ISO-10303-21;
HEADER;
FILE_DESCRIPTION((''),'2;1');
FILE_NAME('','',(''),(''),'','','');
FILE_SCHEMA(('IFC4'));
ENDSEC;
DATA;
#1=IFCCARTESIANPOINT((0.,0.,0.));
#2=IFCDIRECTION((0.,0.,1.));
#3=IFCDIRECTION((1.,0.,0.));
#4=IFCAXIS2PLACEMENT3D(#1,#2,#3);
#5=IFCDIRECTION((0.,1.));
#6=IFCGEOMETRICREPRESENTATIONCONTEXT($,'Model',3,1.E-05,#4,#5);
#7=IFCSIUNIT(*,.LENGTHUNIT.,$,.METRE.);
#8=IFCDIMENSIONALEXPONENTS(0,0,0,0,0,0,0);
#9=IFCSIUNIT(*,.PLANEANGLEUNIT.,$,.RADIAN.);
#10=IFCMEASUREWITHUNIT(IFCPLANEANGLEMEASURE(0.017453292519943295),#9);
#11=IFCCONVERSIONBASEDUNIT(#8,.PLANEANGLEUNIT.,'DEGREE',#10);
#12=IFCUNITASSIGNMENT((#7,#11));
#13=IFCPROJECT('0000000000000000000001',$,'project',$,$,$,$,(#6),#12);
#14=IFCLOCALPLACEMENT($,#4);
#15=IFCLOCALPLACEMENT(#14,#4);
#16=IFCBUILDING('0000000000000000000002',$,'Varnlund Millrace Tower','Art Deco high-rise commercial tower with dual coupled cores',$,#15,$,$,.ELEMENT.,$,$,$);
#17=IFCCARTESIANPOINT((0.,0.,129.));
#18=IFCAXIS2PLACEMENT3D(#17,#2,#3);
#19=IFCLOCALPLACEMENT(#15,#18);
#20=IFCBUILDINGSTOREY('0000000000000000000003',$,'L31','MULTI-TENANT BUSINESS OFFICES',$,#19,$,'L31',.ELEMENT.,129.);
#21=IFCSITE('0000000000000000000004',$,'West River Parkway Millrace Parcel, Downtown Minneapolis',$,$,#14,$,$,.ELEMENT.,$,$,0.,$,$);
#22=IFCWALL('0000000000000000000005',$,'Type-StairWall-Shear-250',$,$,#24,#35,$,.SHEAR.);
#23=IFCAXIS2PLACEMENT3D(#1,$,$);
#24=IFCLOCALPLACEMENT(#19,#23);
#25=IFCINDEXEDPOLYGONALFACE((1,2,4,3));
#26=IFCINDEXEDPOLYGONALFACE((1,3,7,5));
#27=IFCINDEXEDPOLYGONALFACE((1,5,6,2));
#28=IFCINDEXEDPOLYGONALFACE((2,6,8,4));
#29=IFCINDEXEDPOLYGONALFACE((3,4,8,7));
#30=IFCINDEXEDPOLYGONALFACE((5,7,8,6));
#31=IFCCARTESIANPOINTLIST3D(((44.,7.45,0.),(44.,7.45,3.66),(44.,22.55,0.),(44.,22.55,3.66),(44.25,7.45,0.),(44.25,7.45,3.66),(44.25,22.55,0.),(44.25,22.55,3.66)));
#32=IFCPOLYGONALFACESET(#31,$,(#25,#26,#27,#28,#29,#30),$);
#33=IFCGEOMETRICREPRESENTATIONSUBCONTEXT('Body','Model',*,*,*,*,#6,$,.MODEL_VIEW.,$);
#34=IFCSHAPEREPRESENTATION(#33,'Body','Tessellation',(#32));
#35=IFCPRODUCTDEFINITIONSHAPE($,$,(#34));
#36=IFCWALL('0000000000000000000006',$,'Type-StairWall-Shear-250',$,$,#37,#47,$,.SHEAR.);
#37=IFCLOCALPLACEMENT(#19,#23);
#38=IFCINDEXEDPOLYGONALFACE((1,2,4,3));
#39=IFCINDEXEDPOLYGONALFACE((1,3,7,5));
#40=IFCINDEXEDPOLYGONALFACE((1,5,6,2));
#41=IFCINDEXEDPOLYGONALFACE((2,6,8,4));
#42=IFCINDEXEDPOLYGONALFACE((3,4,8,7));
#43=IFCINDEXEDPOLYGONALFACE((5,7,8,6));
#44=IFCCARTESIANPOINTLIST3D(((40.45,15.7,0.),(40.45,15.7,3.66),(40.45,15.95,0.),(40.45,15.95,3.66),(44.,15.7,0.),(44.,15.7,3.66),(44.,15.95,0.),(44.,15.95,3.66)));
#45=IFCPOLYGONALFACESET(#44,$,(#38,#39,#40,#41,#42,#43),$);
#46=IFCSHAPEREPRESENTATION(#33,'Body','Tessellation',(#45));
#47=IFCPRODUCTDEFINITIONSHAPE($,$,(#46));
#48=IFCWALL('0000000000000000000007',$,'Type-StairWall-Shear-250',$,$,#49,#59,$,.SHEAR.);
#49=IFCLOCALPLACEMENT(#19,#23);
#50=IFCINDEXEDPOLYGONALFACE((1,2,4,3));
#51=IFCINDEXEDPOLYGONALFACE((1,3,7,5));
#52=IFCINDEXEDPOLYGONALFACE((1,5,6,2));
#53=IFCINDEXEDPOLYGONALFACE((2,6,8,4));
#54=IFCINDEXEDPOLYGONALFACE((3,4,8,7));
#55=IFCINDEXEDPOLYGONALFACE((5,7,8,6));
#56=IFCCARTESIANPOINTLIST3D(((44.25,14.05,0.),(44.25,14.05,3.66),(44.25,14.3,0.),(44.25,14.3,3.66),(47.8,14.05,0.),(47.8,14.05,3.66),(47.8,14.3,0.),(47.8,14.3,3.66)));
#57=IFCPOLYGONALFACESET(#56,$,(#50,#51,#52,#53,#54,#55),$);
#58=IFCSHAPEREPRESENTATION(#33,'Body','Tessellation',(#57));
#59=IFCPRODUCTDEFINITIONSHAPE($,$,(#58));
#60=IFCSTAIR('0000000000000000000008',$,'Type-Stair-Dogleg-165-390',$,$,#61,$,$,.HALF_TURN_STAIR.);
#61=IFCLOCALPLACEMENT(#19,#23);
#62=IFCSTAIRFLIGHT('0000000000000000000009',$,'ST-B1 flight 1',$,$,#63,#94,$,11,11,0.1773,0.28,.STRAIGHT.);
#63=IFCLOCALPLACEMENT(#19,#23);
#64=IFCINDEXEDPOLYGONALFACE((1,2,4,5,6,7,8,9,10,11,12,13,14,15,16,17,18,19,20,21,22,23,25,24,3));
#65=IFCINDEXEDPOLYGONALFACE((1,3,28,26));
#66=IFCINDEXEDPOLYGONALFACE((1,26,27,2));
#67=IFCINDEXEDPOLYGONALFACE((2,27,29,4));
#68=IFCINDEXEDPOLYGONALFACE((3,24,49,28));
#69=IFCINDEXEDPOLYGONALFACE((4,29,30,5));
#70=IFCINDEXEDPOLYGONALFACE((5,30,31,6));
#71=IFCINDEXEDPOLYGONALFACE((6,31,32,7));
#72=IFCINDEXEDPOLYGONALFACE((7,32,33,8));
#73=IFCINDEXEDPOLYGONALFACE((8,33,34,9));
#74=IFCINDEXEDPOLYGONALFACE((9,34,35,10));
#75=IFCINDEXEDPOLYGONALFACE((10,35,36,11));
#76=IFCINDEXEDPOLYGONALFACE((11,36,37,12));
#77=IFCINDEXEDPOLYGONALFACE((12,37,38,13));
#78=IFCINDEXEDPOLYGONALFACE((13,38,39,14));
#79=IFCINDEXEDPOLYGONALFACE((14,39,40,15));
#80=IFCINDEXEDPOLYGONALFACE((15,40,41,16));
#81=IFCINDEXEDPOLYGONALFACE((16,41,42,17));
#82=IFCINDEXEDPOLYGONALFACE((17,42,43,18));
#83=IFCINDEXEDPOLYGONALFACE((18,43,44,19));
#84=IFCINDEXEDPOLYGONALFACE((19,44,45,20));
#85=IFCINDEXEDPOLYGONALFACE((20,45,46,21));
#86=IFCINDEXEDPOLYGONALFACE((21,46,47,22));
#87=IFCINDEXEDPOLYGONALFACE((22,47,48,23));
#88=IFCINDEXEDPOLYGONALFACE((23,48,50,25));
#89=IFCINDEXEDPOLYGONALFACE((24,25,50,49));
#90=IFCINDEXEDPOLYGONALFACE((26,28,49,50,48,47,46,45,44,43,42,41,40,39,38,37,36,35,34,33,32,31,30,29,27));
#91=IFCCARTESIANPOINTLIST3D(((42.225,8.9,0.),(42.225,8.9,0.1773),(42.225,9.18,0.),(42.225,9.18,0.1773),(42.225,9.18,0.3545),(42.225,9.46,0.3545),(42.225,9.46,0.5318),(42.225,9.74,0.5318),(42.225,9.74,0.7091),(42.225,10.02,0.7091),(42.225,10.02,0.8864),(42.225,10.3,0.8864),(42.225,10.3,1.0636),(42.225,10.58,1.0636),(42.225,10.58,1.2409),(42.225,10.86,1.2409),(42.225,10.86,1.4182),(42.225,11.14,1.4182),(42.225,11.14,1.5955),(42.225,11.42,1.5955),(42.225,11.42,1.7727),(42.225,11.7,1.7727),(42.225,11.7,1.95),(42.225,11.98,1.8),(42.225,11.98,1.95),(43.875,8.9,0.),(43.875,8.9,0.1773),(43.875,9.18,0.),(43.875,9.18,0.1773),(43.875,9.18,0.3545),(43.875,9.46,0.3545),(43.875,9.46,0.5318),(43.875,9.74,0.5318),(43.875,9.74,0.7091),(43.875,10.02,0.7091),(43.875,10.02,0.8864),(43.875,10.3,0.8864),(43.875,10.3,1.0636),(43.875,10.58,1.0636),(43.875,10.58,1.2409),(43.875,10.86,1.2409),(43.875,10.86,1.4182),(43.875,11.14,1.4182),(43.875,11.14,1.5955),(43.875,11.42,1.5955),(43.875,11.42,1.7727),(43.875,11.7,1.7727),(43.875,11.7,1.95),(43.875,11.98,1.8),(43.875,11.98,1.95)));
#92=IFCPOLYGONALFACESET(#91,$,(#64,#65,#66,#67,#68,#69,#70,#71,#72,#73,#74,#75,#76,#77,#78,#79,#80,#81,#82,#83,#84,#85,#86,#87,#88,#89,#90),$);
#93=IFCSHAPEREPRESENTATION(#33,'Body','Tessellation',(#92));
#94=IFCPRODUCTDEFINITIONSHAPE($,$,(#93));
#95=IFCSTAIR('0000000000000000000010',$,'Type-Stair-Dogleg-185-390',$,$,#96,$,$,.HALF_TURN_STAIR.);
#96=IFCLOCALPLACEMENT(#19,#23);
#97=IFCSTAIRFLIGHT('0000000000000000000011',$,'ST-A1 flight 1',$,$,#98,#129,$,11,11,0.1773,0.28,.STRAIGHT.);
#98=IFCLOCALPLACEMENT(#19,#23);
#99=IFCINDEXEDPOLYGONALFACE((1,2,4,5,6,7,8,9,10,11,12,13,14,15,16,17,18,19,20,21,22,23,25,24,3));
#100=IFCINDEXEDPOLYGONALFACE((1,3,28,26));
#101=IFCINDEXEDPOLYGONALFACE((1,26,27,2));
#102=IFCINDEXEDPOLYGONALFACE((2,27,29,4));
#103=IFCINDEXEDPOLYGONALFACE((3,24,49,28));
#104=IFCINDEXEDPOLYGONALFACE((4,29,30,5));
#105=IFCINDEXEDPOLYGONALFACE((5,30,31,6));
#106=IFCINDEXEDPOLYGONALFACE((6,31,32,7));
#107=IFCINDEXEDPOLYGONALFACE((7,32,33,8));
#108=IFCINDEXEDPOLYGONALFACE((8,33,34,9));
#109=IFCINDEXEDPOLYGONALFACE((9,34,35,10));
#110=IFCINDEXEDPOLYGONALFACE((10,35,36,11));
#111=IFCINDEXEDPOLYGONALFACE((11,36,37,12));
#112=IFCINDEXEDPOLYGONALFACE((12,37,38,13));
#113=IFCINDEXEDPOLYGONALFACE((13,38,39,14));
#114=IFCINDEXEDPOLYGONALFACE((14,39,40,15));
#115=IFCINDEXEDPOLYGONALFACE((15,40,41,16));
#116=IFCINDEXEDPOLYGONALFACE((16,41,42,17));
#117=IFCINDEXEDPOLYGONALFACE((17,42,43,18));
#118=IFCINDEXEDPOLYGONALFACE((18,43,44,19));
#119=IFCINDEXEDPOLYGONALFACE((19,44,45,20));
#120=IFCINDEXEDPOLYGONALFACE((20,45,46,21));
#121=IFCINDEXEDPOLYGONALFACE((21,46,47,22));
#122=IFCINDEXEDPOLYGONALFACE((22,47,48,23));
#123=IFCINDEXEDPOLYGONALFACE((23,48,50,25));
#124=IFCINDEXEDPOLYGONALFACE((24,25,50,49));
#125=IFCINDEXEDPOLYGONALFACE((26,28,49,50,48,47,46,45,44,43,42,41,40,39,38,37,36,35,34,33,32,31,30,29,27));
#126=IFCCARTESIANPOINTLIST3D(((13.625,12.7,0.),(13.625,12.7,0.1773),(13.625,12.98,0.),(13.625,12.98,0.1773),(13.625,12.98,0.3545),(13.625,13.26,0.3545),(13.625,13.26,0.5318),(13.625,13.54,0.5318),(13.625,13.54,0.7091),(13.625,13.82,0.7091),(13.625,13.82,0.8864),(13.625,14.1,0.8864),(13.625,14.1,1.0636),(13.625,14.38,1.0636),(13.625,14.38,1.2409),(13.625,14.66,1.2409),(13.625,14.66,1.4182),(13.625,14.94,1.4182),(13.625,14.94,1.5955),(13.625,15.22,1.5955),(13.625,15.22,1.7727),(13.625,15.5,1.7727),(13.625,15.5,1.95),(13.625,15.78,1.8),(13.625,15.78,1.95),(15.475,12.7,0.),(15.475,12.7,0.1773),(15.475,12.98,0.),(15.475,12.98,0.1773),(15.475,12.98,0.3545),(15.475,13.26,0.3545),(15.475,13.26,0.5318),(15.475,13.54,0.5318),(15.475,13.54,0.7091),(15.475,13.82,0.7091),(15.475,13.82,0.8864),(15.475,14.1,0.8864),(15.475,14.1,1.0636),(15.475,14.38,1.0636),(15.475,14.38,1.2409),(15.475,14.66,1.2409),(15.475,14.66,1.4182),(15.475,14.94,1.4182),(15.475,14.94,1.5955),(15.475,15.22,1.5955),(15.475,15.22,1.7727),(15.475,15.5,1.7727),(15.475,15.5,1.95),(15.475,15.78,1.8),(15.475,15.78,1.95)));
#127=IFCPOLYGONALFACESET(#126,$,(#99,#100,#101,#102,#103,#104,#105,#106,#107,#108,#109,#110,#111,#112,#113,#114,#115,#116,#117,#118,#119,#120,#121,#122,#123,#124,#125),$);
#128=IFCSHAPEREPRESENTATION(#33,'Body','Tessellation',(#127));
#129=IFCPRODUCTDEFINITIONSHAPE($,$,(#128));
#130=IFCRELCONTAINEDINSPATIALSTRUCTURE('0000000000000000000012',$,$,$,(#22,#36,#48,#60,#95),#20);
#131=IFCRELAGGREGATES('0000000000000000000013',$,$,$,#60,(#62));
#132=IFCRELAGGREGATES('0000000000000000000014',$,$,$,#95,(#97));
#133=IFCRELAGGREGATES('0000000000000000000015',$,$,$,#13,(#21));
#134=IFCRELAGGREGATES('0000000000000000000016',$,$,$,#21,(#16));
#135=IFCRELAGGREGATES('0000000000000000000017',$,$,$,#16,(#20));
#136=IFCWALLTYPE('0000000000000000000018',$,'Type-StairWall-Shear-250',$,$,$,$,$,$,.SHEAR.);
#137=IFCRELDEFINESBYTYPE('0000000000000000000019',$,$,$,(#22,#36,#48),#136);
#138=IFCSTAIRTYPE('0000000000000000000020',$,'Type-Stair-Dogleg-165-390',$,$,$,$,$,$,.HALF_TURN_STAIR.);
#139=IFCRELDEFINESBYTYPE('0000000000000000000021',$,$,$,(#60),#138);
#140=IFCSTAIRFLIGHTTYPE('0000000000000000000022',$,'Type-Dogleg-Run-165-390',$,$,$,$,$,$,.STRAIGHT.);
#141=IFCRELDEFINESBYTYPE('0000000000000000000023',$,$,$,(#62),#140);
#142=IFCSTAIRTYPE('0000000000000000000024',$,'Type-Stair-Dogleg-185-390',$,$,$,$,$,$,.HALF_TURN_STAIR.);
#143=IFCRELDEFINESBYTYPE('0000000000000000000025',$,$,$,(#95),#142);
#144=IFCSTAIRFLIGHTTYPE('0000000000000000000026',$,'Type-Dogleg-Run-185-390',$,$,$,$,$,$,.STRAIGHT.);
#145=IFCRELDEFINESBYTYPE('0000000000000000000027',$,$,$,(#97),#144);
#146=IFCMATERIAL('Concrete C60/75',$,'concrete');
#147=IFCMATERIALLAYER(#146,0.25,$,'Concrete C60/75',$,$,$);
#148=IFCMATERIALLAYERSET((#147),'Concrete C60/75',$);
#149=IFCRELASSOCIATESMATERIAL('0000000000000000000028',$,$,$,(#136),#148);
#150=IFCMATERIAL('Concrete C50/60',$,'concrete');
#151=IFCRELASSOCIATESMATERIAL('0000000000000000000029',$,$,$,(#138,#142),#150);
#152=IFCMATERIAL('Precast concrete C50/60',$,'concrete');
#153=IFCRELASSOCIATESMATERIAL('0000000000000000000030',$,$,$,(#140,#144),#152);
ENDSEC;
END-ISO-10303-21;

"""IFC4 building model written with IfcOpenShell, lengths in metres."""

from ifc_helpers import new_model, entity, si_unit, converted_unit, direction, frame, origin_with_axes, place, context, subcontext, project, spatial, polyline, outline, extrude, material, layer, layer_set, type_object, element, aggregate, save


model = new_model("IFC4")

# Units and contexts
model_context = context("Model", 3, precision=1e-05, world=origin_with_axes(), true_north=direction((0.0, 1.0)))
body_context = subcontext(model_context, "Body", "Model", "MODEL_VIEW")
ifc_project = project(units=[si_unit("LENGTHUNIT", "METRE"), converted_unit("PLANEANGLEUNIT", "DEGREE", entity("IfcPlaneAngleMeasure", 0.017453292519943295), si_unit("PLANEANGLEUNIT", "RADIAN"), dimensions=[0, 0, 0, 0, 0, 0, 0])], contexts=[model_context])

# Site, building, storey
site_placement = place(None, origin_with_axes())
site = spatial("IfcSite", under=ifc_project, at=site_placement, Name="West River Parkway Millrace Parcel, Downtown Minneapolis", CompositionType="ELEMENT", RefElevation=0.0)
building_placement = place(site_placement, origin_with_axes())
building = spatial("IfcBuilding", under=site, at=building_placement, Name="Varnlund Millrace Tower", Description="Art Deco high-rise commercial tower with dual coupled cores", CompositionType="ELEMENT")
storey_placement = place(building_placement, frame((0.0, 0.0, 129.0), z_axis=(0.0, 0.0, 1.0), x_axis=(1.0, 0.0, 0.0)))
storey = spatial("IfcBuildingStorey", under=building, at=storey_placement, Name="L31", Description="MULTI-TENANT BUSINESS OFFICES", LongName="L31", CompositionType="ELEMENT", Elevation=129.0)

# Shared definitions
ifc_material_1 = material(Name="Concrete C60/75", Category="concrete")
ifc_layer_1 = layer(ifc_material_1, 0.25, Name="Concrete C60/75")
ifc_layer_set_1 = layer_set([ifc_layer_1], Name="Concrete C60/75")

# Walls
wall_type_1 = type_object("IfcWallType", Name="Type-StairWall-Shear-250", PredefinedType="SHEAR", material=ifc_layer_set_1)
wall_1_placement = place(storey_placement, frame((44.125, 7.45, 0.0), z_axis=(0.0, 0.0, 1.0), x_axis=(0.0, 1.0, 0.0)))
element("IfcWall", 1, at=wall_1_placement, inside=storey, type_object=wall_type_1, Name="Type-StairWall-Shear-250", PredefinedType="SHEAR", context=body_context, shape_type="SweptSolid", body=[
    extrude(outline(polyline([(0.0, -0.125), (15.1, -0.125), (15.1, 0.125), (0.0, 0.125), (0.0, -0.125)])), origin_with_axes(), (0.0, 0.0, 1.0), 3.66),
])
for number, where, z_axis, x_axis, name in (
    (2, (40.45, 15.825, 0.0), (0.0, 0.0, 1.0), (1.0, 0.0, 0.0), "Type-StairWall-Shear-250"),
    (3, (44.25, 14.175, 0.0), (0.0, 0.0, 1.0), (1.0, 0.0, 0.0), "Type-StairWall-Shear-250"),
):
    element("IfcWall", number, at=place(storey_placement, frame(where, z_axis=z_axis, x_axis=x_axis)), inside=storey, type_object=wall_type_1, Name=name, PredefinedType="SHEAR", context=body_context, shape_type="SweptSolid", body=[
        extrude(outline(polyline([(0.0, -0.125), (3.55, -0.125), (3.55, 0.125), (0.0, 0.125), (0.0, -0.125)])), origin_with_axes(), (0.0, 0.0, 1.0), 3.66),
    ])

# Stairs, stair flights
ifc_material_2 = material(Name="Concrete C50/60", Category="concrete")
stair_type_1 = type_object("IfcStairType", Name="Type-Stair-Dogleg-165-390", PredefinedType="HALF_TURN_STAIR", material=ifc_material_2)
stair_1_placement = place(storey_placement, origin_with_axes())
stair_1 = element("IfcStair", 4, at=stair_1_placement, inside=storey, type_object=stair_type_1, Name="Type-Stair-Dogleg-165-390", PredefinedType="HALF_TURN_STAIR")
ifc_material_3 = material(Name="Precast concrete C50/60", Category="concrete")
stair_flight_type_1 = type_object("IfcStairFlightType", Name="Type-Dogleg-Run-165-390", PredefinedType="STRAIGHT", material=ifc_material_3)
stair_flight_1_placement = place(storey_placement, frame((42.225, 8.9, 0.0), z_axis=(1.0, 0.0, 0.0), x_axis=(0.0, 1.0, 0.0)))
stair_flight_1 = element("IfcStairFlight", 5, at=stair_flight_1_placement, type_object=stair_flight_type_1, Name="ST-B1 flight 1", NumberOfRisers=11, NumberOfTreads=11, PredefinedType="STRAIGHT", RiserHeight=0.1773, TreadLength=0.28, context=body_context, shape_type="SweptSolid", body=[
    extrude(outline(polyline([(0.0, 0.0), (0.0, 0.1773), (0.28, 0.1773), (0.28, 0.3545), (0.56, 0.3545), (0.56, 0.5318), (0.84, 0.5318), (0.84, 0.7091), (1.12, 0.7091), (1.12, 0.8864), (1.4, 0.8864), (1.4, 1.0636), (1.68, 1.0636), (1.68, 1.2409), (1.96, 1.2409), (1.96, 1.4182), (2.24, 1.4182), (2.24, 1.5955), (2.52, 1.5955), (2.52, 1.7727), (2.8, 1.7727), (2.8, 1.95), (3.08, 1.95), (3.08, 1.8), (0.28, 0.0), (0.0, 0.0)])), origin_with_axes(), (0.0, 0.0, 1.0), 1.65),
])
aggregate(stair_1, [stair_flight_1])
stair_type_2 = type_object("IfcStairType", Name="Type-Stair-Dogleg-185-390", PredefinedType="HALF_TURN_STAIR", material=ifc_material_2)
stair_2_placement = place(storey_placement, origin_with_axes())
stair_2 = element("IfcStair", 6, at=stair_2_placement, inside=storey, type_object=stair_type_2, Name="Type-Stair-Dogleg-185-390", PredefinedType="HALF_TURN_STAIR")
stair_flight_type_2 = type_object("IfcStairFlightType", Name="Type-Dogleg-Run-185-390", PredefinedType="STRAIGHT", material=ifc_material_3)
stair_flight_2_placement = place(storey_placement, frame((13.625, 12.7, 0.0), z_axis=(1.0, 0.0, 0.0), x_axis=(0.0, 1.0, 0.0)))
stair_flight_2 = element("IfcStairFlight", 7, at=stair_flight_2_placement, type_object=stair_flight_type_2, Name="ST-A1 flight 1", NumberOfRisers=11, NumberOfTreads=11, PredefinedType="STRAIGHT", RiserHeight=0.1773, TreadLength=0.28, context=body_context, shape_type="SweptSolid", body=[
    extrude(outline(polyline([(0.0, 0.0), (0.0, 0.1773), (0.28, 0.1773), (0.28, 0.3545), (0.56, 0.3545), (0.56, 0.5318), (0.84, 0.5318), (0.84, 0.7091), (1.12, 0.7091), (1.12, 0.8864), (1.4, 0.8864), (1.4, 1.0636), (1.68, 1.0636), (1.68, 1.2409), (1.96, 1.2409), (1.96, 1.4182), (2.24, 1.4182), (2.24, 1.5955), (2.52, 1.5955), (2.52, 1.7727), (2.8, 1.7727), (2.8, 1.95), (3.08, 1.95), (3.08, 1.8), (0.28, 0.0), (0.0, 0.0)])), origin_with_axes(), (0.0, 0.0, 1.0), 1.85),
])
aggregate(stair_2, [stair_flight_2])

save(model, "model.ifc")
